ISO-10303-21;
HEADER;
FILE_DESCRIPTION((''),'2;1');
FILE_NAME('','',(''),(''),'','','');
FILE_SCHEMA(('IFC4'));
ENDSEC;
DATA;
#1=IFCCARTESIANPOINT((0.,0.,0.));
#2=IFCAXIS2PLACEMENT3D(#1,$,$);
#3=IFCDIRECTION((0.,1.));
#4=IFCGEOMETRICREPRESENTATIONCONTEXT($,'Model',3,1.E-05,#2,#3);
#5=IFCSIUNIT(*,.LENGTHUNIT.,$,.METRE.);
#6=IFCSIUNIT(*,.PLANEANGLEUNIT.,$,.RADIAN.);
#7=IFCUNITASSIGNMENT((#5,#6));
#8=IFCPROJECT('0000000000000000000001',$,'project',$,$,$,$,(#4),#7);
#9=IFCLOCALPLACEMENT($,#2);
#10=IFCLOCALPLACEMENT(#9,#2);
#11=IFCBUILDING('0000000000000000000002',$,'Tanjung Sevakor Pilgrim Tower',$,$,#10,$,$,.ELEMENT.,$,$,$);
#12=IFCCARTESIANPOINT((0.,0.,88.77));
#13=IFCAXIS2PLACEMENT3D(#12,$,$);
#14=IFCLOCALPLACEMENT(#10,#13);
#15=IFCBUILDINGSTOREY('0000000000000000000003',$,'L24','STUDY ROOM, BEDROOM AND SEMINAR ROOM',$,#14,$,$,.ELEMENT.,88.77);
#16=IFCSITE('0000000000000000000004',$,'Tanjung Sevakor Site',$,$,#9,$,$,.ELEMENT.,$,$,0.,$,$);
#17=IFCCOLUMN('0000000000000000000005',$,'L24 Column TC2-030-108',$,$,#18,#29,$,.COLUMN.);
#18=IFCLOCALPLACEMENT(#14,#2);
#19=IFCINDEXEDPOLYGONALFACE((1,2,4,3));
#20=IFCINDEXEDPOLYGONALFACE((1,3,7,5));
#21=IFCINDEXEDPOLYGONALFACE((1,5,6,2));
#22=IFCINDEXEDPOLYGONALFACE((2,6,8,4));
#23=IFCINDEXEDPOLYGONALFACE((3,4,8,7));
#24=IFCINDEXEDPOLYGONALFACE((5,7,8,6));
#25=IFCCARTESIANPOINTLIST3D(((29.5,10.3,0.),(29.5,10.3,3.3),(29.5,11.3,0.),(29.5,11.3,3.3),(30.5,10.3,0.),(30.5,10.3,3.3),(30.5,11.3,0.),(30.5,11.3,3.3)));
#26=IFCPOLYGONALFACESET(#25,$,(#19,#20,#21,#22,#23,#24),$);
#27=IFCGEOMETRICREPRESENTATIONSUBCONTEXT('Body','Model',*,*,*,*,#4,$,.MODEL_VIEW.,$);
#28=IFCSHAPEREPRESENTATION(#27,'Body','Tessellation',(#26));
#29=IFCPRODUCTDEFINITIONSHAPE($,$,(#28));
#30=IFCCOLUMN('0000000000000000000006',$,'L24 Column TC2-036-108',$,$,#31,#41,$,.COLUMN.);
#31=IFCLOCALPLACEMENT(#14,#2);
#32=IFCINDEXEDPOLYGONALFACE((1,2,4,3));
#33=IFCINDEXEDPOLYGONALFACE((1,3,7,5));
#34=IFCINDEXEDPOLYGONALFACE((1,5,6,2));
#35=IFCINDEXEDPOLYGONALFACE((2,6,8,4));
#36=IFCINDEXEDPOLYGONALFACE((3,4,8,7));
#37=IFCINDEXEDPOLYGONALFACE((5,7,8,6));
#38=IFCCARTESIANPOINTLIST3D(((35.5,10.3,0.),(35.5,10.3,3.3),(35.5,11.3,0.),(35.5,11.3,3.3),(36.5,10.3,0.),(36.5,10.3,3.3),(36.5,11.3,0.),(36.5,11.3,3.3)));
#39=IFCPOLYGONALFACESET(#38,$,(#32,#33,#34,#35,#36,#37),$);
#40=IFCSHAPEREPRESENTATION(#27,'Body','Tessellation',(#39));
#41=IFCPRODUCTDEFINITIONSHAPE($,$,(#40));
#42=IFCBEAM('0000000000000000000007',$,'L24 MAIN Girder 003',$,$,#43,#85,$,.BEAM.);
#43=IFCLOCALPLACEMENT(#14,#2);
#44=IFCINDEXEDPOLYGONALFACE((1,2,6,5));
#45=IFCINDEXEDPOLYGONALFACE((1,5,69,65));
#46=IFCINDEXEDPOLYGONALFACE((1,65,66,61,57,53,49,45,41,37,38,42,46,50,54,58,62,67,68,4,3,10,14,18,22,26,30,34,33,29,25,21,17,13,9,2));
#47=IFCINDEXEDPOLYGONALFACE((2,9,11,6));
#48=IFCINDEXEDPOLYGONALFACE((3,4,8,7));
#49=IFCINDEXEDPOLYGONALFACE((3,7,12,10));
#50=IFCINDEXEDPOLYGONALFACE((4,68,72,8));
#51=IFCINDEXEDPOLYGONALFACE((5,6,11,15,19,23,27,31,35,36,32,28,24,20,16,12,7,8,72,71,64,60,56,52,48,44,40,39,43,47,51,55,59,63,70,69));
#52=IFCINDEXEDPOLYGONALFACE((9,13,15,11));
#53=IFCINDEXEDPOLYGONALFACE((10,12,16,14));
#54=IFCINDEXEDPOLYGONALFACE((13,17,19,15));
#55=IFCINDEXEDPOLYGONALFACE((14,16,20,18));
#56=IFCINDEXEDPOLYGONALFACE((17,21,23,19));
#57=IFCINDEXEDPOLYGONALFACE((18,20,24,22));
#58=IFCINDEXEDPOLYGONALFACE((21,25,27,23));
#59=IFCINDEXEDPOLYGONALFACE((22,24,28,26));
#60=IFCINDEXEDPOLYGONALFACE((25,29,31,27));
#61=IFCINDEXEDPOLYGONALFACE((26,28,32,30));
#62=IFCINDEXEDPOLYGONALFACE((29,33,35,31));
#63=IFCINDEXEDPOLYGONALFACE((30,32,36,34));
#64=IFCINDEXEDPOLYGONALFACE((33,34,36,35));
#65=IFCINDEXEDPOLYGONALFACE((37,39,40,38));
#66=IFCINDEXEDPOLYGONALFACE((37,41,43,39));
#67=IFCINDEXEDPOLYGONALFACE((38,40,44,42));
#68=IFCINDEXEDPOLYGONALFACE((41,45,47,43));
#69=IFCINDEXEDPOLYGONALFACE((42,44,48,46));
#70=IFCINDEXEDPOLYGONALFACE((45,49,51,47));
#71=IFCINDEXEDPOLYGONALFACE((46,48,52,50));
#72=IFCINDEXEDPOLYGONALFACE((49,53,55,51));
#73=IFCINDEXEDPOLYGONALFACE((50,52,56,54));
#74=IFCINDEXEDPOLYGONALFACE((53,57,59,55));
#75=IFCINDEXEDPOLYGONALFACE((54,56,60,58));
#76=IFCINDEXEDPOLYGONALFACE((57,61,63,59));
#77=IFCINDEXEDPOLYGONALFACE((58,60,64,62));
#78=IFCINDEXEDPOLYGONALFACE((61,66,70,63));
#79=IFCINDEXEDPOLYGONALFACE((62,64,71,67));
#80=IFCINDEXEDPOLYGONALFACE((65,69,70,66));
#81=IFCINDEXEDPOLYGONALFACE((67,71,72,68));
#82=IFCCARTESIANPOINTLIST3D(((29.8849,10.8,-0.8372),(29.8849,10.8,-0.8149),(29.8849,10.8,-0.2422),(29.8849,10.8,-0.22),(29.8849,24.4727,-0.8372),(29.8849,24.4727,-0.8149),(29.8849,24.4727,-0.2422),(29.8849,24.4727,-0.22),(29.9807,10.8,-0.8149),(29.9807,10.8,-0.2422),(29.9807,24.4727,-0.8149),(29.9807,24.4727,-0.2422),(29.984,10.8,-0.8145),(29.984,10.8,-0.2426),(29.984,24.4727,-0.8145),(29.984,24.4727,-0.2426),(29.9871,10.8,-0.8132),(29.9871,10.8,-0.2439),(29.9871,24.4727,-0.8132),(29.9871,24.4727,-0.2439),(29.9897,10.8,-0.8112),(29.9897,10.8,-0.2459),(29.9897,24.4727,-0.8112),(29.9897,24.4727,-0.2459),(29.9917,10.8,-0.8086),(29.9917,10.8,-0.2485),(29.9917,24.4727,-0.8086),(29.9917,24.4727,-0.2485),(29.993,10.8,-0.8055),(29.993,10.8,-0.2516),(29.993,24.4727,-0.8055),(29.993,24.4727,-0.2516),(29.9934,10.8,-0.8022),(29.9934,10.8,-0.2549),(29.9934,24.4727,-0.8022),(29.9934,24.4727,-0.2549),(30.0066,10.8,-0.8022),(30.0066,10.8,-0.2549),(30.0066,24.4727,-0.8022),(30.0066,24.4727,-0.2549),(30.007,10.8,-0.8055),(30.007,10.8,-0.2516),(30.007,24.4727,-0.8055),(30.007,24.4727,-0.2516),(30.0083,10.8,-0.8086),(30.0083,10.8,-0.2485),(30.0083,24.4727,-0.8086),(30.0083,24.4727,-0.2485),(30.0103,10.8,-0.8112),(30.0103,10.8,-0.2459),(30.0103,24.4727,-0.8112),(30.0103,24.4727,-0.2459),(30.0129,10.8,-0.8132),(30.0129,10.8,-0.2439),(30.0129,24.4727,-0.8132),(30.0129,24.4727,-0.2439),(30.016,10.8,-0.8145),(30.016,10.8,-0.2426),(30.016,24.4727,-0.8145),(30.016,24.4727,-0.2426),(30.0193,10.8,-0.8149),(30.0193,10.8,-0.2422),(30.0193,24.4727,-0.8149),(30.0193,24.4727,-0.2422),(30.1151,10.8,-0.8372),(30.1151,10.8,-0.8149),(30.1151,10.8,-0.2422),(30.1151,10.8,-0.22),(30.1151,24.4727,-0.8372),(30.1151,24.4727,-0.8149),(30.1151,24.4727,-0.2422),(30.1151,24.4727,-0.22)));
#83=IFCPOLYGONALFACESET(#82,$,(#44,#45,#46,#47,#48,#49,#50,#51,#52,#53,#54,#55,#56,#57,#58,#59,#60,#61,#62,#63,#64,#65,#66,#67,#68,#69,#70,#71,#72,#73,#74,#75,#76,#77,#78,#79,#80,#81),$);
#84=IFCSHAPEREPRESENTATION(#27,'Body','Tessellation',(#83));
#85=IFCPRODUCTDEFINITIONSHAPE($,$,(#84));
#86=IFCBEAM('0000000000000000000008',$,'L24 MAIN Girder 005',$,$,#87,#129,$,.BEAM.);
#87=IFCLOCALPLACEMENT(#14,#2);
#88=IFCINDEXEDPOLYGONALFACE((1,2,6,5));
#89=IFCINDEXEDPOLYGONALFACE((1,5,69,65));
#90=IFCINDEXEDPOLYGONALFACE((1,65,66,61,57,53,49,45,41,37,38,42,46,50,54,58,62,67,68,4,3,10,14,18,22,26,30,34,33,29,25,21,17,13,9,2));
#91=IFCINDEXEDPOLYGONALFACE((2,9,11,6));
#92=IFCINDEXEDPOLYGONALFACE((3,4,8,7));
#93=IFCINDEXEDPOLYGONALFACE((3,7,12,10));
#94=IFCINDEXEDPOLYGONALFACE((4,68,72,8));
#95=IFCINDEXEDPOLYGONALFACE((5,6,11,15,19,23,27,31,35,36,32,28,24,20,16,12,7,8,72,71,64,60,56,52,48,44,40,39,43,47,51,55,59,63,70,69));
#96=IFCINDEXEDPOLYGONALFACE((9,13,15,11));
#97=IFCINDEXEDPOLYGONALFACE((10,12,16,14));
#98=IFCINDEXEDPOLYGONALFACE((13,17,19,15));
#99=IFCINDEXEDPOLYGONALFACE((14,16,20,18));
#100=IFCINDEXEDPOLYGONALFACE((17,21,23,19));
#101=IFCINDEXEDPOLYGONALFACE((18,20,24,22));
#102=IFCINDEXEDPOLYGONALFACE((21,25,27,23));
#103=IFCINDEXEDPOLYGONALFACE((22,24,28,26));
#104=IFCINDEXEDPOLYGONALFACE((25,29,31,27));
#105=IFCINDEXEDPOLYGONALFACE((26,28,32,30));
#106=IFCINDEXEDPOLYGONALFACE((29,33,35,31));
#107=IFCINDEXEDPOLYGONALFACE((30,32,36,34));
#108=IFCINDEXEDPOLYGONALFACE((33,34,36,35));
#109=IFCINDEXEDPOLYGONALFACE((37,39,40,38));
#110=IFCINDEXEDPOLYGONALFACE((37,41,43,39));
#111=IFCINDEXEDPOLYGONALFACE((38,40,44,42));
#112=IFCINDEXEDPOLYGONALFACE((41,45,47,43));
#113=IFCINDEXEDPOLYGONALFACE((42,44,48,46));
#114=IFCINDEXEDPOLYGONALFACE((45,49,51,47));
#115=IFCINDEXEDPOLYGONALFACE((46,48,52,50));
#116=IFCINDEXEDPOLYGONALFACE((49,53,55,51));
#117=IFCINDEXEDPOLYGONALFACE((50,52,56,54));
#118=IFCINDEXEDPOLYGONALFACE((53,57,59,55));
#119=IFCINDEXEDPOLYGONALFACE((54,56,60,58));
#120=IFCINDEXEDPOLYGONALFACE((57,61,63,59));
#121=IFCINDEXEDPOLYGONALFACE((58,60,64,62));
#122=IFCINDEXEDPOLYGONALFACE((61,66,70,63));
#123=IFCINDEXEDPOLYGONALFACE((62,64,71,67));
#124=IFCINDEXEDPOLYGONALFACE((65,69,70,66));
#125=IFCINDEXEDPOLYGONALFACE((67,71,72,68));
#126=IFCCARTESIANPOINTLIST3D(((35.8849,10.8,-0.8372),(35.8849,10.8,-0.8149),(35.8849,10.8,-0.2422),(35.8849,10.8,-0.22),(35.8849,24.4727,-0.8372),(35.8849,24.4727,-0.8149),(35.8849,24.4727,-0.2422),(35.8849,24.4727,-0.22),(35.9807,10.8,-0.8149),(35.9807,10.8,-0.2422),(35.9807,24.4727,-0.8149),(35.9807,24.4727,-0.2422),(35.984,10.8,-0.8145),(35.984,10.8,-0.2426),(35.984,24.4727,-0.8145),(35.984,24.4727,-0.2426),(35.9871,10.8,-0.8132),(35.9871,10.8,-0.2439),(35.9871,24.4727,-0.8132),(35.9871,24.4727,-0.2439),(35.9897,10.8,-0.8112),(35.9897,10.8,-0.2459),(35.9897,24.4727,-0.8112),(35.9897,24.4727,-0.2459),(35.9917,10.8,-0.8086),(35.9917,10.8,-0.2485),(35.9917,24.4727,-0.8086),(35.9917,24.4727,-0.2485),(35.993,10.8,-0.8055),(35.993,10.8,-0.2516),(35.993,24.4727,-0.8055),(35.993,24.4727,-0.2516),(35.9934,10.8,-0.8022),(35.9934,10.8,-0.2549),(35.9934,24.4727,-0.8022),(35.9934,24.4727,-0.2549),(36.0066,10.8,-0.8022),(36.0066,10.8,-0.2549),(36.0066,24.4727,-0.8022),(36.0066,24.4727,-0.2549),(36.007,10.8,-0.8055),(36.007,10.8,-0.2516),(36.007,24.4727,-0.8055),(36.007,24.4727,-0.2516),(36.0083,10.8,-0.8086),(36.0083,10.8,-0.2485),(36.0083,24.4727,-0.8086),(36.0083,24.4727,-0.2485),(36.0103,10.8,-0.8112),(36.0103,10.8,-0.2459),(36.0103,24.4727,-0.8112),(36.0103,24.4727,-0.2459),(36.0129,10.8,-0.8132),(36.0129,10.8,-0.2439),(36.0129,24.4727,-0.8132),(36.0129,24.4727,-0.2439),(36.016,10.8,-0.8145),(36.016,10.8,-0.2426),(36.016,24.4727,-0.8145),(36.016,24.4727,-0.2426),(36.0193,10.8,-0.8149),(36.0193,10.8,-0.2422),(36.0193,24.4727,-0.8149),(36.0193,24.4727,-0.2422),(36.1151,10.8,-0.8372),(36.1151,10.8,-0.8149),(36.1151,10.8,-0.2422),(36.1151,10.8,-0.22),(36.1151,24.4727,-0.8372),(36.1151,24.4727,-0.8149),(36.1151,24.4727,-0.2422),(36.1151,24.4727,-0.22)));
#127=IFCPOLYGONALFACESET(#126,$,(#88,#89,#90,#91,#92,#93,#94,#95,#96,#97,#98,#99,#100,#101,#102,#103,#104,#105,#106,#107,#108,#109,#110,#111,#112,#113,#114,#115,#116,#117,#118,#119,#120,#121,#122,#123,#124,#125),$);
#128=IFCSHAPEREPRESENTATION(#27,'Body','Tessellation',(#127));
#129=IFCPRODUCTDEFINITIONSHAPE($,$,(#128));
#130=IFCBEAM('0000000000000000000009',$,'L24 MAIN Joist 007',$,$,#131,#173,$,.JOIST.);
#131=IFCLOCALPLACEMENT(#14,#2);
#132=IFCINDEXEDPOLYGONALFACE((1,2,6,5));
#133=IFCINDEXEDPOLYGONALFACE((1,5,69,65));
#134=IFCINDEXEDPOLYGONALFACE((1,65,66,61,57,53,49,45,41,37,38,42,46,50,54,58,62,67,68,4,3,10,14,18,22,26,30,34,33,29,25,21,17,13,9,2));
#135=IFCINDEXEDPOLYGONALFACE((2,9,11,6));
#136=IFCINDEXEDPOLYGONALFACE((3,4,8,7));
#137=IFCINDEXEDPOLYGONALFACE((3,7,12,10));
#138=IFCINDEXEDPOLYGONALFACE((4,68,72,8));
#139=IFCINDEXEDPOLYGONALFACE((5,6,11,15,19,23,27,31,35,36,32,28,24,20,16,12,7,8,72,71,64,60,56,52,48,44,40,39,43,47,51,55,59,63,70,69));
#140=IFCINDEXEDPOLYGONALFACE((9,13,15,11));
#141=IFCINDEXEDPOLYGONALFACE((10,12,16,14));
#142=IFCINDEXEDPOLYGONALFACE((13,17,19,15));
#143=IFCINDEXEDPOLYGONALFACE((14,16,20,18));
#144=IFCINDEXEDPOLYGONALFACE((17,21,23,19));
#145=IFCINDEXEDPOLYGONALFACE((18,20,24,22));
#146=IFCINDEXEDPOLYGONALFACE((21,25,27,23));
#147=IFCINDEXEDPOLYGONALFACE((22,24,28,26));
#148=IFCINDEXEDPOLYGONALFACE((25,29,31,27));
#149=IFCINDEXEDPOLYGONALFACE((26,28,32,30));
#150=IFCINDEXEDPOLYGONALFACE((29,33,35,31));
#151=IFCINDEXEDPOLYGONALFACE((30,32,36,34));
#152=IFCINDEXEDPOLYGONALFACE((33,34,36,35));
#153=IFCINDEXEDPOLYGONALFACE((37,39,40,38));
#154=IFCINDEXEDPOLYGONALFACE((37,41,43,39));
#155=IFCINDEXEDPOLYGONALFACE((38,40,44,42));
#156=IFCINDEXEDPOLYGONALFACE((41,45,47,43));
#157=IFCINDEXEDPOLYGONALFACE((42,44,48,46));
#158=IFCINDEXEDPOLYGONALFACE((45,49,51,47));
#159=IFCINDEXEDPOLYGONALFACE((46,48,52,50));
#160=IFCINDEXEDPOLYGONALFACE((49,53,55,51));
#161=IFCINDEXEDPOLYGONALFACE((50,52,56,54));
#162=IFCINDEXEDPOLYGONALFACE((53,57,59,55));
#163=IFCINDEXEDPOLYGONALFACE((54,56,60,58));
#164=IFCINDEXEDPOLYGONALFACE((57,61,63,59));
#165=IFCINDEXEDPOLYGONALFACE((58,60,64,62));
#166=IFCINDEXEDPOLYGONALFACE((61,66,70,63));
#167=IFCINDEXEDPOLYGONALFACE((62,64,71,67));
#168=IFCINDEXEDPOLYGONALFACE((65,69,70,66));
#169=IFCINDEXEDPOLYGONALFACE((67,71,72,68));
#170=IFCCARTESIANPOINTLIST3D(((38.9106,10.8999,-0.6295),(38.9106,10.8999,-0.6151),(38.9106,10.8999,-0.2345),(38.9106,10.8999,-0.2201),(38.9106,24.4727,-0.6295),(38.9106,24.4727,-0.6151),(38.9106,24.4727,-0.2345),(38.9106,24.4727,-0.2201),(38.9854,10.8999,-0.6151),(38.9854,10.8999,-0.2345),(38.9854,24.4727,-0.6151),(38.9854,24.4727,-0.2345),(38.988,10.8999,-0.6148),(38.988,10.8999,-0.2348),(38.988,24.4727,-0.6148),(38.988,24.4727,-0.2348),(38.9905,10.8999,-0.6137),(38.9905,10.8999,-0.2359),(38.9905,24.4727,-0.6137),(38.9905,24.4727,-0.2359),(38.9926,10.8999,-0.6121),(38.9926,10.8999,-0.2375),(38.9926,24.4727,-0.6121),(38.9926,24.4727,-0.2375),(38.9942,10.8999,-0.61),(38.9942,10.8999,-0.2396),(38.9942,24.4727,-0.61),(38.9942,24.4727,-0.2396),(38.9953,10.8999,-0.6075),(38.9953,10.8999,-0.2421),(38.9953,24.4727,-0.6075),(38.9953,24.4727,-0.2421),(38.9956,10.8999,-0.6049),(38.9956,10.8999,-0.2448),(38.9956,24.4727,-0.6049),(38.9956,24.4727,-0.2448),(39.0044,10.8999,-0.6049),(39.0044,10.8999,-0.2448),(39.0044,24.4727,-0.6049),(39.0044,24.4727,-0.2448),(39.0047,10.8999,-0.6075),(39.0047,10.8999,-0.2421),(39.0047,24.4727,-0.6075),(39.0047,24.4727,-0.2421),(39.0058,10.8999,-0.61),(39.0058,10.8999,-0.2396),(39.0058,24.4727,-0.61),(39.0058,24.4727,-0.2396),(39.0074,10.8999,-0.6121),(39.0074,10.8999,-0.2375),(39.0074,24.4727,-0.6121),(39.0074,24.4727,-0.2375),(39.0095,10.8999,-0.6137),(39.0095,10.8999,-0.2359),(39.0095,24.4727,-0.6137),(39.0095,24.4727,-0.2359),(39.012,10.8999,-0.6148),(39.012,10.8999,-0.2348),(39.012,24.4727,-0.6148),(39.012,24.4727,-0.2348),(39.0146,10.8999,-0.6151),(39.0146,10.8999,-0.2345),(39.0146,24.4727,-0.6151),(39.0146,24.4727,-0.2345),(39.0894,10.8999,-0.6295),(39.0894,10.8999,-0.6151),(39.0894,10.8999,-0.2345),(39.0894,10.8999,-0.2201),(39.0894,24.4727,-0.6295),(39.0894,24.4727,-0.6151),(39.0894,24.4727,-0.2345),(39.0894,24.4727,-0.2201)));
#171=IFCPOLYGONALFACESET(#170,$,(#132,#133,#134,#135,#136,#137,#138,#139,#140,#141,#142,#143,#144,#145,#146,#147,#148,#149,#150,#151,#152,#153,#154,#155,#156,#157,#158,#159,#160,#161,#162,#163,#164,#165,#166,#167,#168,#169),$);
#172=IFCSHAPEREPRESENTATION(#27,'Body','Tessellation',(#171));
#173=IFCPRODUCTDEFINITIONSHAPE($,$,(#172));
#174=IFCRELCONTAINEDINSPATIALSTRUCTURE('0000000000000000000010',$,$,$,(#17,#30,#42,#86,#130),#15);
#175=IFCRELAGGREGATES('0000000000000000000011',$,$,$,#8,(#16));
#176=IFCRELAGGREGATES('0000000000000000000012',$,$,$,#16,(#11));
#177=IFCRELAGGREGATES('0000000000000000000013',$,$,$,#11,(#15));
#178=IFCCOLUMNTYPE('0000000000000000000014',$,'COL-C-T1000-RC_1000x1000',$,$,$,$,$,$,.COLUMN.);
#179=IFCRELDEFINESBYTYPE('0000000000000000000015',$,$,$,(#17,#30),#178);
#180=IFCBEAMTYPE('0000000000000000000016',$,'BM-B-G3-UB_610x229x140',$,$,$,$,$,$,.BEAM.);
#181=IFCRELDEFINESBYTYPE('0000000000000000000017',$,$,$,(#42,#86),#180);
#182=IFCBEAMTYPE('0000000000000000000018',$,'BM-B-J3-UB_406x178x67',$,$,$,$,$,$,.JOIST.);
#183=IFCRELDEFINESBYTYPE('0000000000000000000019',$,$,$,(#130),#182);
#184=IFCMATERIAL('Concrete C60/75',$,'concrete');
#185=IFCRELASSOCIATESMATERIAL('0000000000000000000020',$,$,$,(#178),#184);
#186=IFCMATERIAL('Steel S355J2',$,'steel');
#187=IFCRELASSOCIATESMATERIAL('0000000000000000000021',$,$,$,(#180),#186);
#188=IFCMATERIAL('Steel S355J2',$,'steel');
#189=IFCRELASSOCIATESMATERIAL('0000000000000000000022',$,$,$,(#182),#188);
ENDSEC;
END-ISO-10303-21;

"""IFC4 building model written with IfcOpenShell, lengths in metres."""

from ifc_helpers import new_model, si_unit, direction, frame, origin, origin_2d, place, context, subcontext, project, spatial, rectangle, i_section, extrude, material, material_profile, profile_set, type_object, element, save


model = new_model("IFC4")

# Units and contexts
model_context = context("Model", 3, precision=1e-05, world=origin(), true_north=direction((0.0, 1.0)))
body_context = subcontext(model_context, "Body", "Model", "MODEL_VIEW")
ifc_project = project(units=[si_unit("LENGTHUNIT", "METRE"), si_unit("PLANEANGLEUNIT", "RADIAN")], contexts=[model_context])

# Site, building, storey
site_placement = place(None, origin())
site = spatial("IfcSite", under=ifc_project, at=site_placement, Name="Tanjung Sevakor Site", CompositionType="ELEMENT", RefElevation=0.0)
building_placement = place(site_placement, origin())
building = spatial("IfcBuilding", under=site, at=building_placement, Name="Tanjung Sevakor Pilgrim Tower", CompositionType="ELEMENT")
storey_placement = place(building_placement, frame((0.0, 0.0, 88.77)))
storey = spatial("IfcBuildingStorey", under=building, at=storey_placement, Name="L24", Description="STUDY ROOM, BEDROOM AND SEMINAR ROOM", CompositionType="ELEMENT", Elevation=88.77)

# Columns
ifc_material_1 = material(Name="Concrete C60/75", Category="concrete")
ifc_material_profile_1 = material_profile(ifc_material_1, rectangle(XDim=1.0, YDim=1.0, at=origin_2d()))
ifc_profile_set_1 = profile_set([ifc_material_profile_1], Name="Concrete C60/75")
column_type = type_object("IfcColumnType", Name="COL-C-T1000-RC_1000x1000", PredefinedType="COLUMN", material=ifc_profile_set_1)
for number, where, z_axis, x_axis, name in (
    (1, (30.0, 10.8, 0.0), (0.0, 0.0, 1.0), (1.0, 0.0, 0.0), "L24 Column TC2-030-108"),
    (2, (36.0, 10.8, 0.0), (0.0, 0.0, 1.0), (1.0, 0.0, 0.0), "L24 Column TC2-036-108"),
):
    element("IfcColumn", number, at=place(storey_placement, frame(where, z_axis=z_axis, x_axis=x_axis)), inside=storey, type_object=column_type, Name=name, PredefinedType="COLUMN", context=body_context, shape_type="SweptSolid", body=[
        extrude(rectangle(XDim=1.0, YDim=1.0, at=origin_2d()), origin(), (0.0, 0.0, 1.0), 3.3),
    ])

# Beams
ifc_material_2 = material(Name="Steel S355J2", Category="steel")
ifc_material_profile_2 = material_profile(ifc_material_2, i_section(OverallWidth=0.2302, OverallDepth=0.6172, WebThickness=0.0132, FlangeThickness=0.0222, FilletRadius=0.0127, at=origin_2d()))
ifc_profile_set_2 = profile_set([ifc_material_profile_2], Name="Steel S355J2")
beam_type_1 = type_object("IfcBeamType", Name="BM-B-G3-UB_610x229x140", PredefinedType="BEAM", material=ifc_profile_set_2)
for number, where, z_axis, x_axis, name in (
    (3, (30.0, 10.8, -0.5286), (0.0, 1.0, 0.0), (-1.0, 0.0, 0.0), "L24 MAIN Girder 003"),
    (4, (36.0, 10.8, -0.5286), (0.0, 1.0, 0.0), (-1.0, 0.0, 0.0), "L24 MAIN Girder 005"),
):
    element("IfcBeam", number, at=place(storey_placement, frame(where, z_axis=z_axis, x_axis=x_axis)), inside=storey, type_object=beam_type_1, Name=name, PredefinedType="BEAM", context=body_context, shape_type="SweptSolid", body=[
        extrude(i_section(OverallWidth=0.2302, OverallDepth=0.6172, WebThickness=0.0132, FlangeThickness=0.0222, FilletRadius=0.0127, at=origin_2d()), origin(), (0.0, 0.0, 1.0), 13.6726),
    ])
ifc_material_3 = material(Name="Steel S355J2", Category="steel")
ifc_material_profile_3 = material_profile(ifc_material_3, i_section(OverallWidth=0.1787, OverallDepth=0.4094, WebThickness=0.0088, FlangeThickness=0.0144, FilletRadius=0.0103, at=origin_2d()))
ifc_profile_set_3 = profile_set([ifc_material_profile_3], Name="Steel S355J2")
beam_type_2 = type_object("IfcBeamType", Name="BM-B-J3-UB_406x178x67", PredefinedType="JOIST", material=ifc_profile_set_3)
beam_1_placement = place(storey_placement, frame((39.0, 10.8999, -0.4248), z_axis=(0.0, 1.0, 0.0), x_axis=(-1.0, 0.0, 0.0)))
element("IfcBeam", 5, at=beam_1_placement, inside=storey, type_object=beam_type_2, Name="L24 MAIN Joist 007", PredefinedType="JOIST", context=body_context, shape_type="SweptSolid", body=[
    extrude(i_section(OverallWidth=0.1787, OverallDepth=0.4094, WebThickness=0.0088, FlangeThickness=0.0144, FilletRadius=0.0103, at=origin_2d()), origin(), (0.0, 0.0, 1.0), 13.5728),
])

save(model, "model.ifc")
